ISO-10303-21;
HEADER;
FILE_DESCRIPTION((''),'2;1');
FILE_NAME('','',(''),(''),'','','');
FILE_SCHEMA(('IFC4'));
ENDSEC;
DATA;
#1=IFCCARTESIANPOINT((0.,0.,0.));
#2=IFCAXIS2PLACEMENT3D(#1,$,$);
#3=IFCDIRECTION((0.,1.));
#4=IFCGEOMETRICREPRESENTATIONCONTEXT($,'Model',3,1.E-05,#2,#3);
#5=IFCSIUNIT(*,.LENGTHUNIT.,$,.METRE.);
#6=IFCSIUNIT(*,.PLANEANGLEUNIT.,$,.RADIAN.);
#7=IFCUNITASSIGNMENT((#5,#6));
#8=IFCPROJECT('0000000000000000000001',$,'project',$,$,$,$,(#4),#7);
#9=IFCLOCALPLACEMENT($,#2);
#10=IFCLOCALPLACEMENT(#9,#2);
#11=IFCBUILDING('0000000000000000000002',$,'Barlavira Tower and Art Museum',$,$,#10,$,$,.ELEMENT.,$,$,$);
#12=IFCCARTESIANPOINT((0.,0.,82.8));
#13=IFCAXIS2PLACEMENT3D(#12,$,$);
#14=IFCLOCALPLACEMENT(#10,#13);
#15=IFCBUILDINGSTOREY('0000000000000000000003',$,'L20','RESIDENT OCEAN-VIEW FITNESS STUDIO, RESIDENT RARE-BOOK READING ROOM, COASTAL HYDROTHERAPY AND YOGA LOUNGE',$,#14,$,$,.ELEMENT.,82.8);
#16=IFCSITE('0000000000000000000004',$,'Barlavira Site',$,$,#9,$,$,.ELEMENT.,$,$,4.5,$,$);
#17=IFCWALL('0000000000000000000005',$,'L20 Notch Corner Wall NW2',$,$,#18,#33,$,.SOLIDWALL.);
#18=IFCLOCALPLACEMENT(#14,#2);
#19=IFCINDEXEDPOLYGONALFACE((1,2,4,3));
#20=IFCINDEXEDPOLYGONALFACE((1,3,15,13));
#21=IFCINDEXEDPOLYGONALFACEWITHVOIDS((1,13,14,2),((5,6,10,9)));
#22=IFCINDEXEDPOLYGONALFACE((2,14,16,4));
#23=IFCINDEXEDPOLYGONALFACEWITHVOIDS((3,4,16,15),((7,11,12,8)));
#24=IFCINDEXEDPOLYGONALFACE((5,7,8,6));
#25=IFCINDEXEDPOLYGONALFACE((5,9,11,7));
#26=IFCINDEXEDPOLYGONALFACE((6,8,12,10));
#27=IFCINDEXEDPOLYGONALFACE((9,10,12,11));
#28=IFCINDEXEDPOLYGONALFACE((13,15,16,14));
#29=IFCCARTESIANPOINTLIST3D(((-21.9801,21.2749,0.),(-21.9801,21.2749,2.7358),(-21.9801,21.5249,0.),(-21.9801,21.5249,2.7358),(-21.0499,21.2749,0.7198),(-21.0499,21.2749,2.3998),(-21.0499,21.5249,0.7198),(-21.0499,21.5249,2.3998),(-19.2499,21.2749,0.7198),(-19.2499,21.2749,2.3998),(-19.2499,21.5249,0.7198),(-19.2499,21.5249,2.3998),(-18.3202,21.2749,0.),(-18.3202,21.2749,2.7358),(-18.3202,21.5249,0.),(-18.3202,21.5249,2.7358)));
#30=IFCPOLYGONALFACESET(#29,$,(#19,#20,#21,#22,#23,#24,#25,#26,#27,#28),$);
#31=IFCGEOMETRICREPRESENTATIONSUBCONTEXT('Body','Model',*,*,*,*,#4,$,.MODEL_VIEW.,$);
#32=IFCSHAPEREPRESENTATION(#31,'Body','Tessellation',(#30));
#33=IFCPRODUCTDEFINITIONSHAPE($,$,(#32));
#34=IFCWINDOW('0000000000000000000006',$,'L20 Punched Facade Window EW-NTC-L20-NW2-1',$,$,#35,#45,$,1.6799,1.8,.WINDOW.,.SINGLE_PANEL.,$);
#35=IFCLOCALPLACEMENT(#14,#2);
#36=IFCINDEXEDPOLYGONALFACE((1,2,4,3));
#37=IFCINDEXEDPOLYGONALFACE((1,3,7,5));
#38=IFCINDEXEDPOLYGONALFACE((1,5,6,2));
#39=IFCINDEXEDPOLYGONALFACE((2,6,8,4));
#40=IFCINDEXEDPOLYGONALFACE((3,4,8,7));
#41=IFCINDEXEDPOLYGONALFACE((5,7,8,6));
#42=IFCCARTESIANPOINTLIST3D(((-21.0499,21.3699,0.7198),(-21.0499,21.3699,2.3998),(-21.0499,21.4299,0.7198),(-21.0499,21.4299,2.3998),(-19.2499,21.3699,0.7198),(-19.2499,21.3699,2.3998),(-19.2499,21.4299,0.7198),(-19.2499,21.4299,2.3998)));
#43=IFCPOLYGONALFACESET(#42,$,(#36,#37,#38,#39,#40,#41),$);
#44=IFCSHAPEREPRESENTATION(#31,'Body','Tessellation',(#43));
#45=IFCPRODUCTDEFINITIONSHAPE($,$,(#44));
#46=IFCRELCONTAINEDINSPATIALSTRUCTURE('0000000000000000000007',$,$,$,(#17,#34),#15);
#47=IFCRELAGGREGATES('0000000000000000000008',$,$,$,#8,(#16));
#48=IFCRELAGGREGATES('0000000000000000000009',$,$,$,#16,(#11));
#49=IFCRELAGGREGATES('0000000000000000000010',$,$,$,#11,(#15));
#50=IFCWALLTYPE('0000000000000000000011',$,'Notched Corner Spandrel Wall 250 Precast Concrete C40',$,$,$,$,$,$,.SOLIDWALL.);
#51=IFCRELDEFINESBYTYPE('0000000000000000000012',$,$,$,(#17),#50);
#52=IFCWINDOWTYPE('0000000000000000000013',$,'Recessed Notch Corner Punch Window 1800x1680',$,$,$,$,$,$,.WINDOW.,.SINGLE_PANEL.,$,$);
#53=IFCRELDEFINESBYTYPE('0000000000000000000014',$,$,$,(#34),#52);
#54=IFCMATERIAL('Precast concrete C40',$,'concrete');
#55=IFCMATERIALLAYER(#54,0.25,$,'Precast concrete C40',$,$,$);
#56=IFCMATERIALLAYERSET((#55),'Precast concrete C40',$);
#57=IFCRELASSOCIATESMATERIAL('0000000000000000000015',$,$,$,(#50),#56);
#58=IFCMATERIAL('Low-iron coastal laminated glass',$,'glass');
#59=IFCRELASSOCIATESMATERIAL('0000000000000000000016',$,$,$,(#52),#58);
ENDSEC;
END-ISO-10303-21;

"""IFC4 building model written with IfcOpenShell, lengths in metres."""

from ifc_helpers import new_model, si_unit, direction, frame, frame_2d, origin, place, context, subcontext, project, spatial, rectangle, extrude, material, layer, layer_set, type_object, element, fill, save


model = new_model("IFC4")

# Units and contexts
model_context = context("Model", 3, precision=1e-05, world=origin(), true_north=direction((0.0, 1.0)))
body_context = subcontext(model_context, "Body", "Model", "MODEL_VIEW")
ifc_project = project(units=[si_unit("LENGTHUNIT", "METRE"), si_unit("PLANEANGLEUNIT", "RADIAN")], contexts=[model_context])

# Site, building, storey
site_placement = place(None, origin())
site = spatial("IfcSite", under=ifc_project, at=site_placement, Name="Barlavira Site", CompositionType="ELEMENT", RefElevation=4.5)
building_placement = place(site_placement, origin())
building = spatial("IfcBuilding", under=site, at=building_placement, Name="Barlavira Tower and Art Museum", CompositionType="ELEMENT")
storey_placement = place(building_placement, frame((0.0, 0.0, 82.8)))
storey = spatial("IfcBuildingStorey", under=building, at=storey_placement, Name="L20", Description="RESIDENT OCEAN-VIEW FITNESS STUDIO, RESIDENT RARE-BOOK READING ROOM, COASTAL HYDROTHERAPY AND YOGA LOUNGE", CompositionType="ELEMENT", Elevation=82.8)

# Shared definitions
ifc_material_1 = material(Name="Precast concrete C40", Category="concrete")
ifc_layer_1 = layer(ifc_material_1, 0.25, Name="Precast concrete C40")
ifc_layer_set_1 = layer_set([ifc_layer_1], Name="Precast concrete C40")
wall_type_1 = type_object("IfcWallType", Name="Notched Corner Spandrel Wall 250 Precast Concrete C40", PredefinedType="SOLIDWALL", material=ifc_layer_set_1)
ifc_material_2 = material(Name="Low-iron coastal laminated glass", Category="glass")
window_type = type_object("IfcWindowType", Name="Recessed Notch Corner Punch Window 1800x1680", PartitioningType="SINGLE_PANEL", PredefinedType="WINDOW", material=ifc_material_2)

# Wall, opening, window
wall_1_placement = place(storey_placement, frame((-18.3201, 21.3999, 0.0), z_axis=(0.0, 0.0, 1.0), x_axis=(-1.0, 0.0, 0.0)))
wall_1 = element("IfcWall", 1, at=wall_1_placement, inside=storey, type_object=wall_type_1, Name="L20 Notch Corner Wall NW2", PredefinedType="SOLIDWALL", context=body_context, shape_type="SweptSolid", body=[
    extrude(rectangle(XDim=3.6599, YDim=0.25, at=frame_2d((1.8301, 0.0))), origin(), (0.0, 0.0, 1.0), 2.7358),
])
opening_1_placement = place(wall_1_placement, frame((0.9299, 0.0, 0.72)))
opening_1 = element("IfcOpeningElement", 2, at=opening_1_placement, cuts=wall_1, PredefinedType="OPENING", context=body_context, shape_type="SweptSolid", body=[
    extrude(rectangle(XDim=1.8, YDim=1.6799, at=frame_2d((0.8999, 0.8398))), frame((0.0, 0.135, 0.0), z_axis=(0.0, -1.0, 0.0), x_axis=(1.0, 0.0, 0.0)), (0.0, 0.0, 1.0), 0.27),
])
window_1_placement = place(opening_1_placement, origin())
window_1 = element("IfcWindow", 3, at=window_1_placement, inside=storey, type_object=window_type, Name="L20 Punched Facade Window EW-NTC-L20-NW2-1", OverallHeight=1.6799, OverallWidth=1.8, PartitioningType="SINGLE_PANEL", PredefinedType="WINDOW", context=body_context, shape_type="SweptSolid", body=[
    extrude(rectangle(XDim=1.8, YDim=1.6799, at=frame_2d((0.8999, 0.8398))), frame((0.0, 0.03, 0.0), z_axis=(0.0, -1.0, 0.0), x_axis=(1.0, 0.0, 0.0)), (0.0, 0.0, 1.0), 0.0601),
])
fill(opening_1, window_1)

save(model, "model.ifc")
